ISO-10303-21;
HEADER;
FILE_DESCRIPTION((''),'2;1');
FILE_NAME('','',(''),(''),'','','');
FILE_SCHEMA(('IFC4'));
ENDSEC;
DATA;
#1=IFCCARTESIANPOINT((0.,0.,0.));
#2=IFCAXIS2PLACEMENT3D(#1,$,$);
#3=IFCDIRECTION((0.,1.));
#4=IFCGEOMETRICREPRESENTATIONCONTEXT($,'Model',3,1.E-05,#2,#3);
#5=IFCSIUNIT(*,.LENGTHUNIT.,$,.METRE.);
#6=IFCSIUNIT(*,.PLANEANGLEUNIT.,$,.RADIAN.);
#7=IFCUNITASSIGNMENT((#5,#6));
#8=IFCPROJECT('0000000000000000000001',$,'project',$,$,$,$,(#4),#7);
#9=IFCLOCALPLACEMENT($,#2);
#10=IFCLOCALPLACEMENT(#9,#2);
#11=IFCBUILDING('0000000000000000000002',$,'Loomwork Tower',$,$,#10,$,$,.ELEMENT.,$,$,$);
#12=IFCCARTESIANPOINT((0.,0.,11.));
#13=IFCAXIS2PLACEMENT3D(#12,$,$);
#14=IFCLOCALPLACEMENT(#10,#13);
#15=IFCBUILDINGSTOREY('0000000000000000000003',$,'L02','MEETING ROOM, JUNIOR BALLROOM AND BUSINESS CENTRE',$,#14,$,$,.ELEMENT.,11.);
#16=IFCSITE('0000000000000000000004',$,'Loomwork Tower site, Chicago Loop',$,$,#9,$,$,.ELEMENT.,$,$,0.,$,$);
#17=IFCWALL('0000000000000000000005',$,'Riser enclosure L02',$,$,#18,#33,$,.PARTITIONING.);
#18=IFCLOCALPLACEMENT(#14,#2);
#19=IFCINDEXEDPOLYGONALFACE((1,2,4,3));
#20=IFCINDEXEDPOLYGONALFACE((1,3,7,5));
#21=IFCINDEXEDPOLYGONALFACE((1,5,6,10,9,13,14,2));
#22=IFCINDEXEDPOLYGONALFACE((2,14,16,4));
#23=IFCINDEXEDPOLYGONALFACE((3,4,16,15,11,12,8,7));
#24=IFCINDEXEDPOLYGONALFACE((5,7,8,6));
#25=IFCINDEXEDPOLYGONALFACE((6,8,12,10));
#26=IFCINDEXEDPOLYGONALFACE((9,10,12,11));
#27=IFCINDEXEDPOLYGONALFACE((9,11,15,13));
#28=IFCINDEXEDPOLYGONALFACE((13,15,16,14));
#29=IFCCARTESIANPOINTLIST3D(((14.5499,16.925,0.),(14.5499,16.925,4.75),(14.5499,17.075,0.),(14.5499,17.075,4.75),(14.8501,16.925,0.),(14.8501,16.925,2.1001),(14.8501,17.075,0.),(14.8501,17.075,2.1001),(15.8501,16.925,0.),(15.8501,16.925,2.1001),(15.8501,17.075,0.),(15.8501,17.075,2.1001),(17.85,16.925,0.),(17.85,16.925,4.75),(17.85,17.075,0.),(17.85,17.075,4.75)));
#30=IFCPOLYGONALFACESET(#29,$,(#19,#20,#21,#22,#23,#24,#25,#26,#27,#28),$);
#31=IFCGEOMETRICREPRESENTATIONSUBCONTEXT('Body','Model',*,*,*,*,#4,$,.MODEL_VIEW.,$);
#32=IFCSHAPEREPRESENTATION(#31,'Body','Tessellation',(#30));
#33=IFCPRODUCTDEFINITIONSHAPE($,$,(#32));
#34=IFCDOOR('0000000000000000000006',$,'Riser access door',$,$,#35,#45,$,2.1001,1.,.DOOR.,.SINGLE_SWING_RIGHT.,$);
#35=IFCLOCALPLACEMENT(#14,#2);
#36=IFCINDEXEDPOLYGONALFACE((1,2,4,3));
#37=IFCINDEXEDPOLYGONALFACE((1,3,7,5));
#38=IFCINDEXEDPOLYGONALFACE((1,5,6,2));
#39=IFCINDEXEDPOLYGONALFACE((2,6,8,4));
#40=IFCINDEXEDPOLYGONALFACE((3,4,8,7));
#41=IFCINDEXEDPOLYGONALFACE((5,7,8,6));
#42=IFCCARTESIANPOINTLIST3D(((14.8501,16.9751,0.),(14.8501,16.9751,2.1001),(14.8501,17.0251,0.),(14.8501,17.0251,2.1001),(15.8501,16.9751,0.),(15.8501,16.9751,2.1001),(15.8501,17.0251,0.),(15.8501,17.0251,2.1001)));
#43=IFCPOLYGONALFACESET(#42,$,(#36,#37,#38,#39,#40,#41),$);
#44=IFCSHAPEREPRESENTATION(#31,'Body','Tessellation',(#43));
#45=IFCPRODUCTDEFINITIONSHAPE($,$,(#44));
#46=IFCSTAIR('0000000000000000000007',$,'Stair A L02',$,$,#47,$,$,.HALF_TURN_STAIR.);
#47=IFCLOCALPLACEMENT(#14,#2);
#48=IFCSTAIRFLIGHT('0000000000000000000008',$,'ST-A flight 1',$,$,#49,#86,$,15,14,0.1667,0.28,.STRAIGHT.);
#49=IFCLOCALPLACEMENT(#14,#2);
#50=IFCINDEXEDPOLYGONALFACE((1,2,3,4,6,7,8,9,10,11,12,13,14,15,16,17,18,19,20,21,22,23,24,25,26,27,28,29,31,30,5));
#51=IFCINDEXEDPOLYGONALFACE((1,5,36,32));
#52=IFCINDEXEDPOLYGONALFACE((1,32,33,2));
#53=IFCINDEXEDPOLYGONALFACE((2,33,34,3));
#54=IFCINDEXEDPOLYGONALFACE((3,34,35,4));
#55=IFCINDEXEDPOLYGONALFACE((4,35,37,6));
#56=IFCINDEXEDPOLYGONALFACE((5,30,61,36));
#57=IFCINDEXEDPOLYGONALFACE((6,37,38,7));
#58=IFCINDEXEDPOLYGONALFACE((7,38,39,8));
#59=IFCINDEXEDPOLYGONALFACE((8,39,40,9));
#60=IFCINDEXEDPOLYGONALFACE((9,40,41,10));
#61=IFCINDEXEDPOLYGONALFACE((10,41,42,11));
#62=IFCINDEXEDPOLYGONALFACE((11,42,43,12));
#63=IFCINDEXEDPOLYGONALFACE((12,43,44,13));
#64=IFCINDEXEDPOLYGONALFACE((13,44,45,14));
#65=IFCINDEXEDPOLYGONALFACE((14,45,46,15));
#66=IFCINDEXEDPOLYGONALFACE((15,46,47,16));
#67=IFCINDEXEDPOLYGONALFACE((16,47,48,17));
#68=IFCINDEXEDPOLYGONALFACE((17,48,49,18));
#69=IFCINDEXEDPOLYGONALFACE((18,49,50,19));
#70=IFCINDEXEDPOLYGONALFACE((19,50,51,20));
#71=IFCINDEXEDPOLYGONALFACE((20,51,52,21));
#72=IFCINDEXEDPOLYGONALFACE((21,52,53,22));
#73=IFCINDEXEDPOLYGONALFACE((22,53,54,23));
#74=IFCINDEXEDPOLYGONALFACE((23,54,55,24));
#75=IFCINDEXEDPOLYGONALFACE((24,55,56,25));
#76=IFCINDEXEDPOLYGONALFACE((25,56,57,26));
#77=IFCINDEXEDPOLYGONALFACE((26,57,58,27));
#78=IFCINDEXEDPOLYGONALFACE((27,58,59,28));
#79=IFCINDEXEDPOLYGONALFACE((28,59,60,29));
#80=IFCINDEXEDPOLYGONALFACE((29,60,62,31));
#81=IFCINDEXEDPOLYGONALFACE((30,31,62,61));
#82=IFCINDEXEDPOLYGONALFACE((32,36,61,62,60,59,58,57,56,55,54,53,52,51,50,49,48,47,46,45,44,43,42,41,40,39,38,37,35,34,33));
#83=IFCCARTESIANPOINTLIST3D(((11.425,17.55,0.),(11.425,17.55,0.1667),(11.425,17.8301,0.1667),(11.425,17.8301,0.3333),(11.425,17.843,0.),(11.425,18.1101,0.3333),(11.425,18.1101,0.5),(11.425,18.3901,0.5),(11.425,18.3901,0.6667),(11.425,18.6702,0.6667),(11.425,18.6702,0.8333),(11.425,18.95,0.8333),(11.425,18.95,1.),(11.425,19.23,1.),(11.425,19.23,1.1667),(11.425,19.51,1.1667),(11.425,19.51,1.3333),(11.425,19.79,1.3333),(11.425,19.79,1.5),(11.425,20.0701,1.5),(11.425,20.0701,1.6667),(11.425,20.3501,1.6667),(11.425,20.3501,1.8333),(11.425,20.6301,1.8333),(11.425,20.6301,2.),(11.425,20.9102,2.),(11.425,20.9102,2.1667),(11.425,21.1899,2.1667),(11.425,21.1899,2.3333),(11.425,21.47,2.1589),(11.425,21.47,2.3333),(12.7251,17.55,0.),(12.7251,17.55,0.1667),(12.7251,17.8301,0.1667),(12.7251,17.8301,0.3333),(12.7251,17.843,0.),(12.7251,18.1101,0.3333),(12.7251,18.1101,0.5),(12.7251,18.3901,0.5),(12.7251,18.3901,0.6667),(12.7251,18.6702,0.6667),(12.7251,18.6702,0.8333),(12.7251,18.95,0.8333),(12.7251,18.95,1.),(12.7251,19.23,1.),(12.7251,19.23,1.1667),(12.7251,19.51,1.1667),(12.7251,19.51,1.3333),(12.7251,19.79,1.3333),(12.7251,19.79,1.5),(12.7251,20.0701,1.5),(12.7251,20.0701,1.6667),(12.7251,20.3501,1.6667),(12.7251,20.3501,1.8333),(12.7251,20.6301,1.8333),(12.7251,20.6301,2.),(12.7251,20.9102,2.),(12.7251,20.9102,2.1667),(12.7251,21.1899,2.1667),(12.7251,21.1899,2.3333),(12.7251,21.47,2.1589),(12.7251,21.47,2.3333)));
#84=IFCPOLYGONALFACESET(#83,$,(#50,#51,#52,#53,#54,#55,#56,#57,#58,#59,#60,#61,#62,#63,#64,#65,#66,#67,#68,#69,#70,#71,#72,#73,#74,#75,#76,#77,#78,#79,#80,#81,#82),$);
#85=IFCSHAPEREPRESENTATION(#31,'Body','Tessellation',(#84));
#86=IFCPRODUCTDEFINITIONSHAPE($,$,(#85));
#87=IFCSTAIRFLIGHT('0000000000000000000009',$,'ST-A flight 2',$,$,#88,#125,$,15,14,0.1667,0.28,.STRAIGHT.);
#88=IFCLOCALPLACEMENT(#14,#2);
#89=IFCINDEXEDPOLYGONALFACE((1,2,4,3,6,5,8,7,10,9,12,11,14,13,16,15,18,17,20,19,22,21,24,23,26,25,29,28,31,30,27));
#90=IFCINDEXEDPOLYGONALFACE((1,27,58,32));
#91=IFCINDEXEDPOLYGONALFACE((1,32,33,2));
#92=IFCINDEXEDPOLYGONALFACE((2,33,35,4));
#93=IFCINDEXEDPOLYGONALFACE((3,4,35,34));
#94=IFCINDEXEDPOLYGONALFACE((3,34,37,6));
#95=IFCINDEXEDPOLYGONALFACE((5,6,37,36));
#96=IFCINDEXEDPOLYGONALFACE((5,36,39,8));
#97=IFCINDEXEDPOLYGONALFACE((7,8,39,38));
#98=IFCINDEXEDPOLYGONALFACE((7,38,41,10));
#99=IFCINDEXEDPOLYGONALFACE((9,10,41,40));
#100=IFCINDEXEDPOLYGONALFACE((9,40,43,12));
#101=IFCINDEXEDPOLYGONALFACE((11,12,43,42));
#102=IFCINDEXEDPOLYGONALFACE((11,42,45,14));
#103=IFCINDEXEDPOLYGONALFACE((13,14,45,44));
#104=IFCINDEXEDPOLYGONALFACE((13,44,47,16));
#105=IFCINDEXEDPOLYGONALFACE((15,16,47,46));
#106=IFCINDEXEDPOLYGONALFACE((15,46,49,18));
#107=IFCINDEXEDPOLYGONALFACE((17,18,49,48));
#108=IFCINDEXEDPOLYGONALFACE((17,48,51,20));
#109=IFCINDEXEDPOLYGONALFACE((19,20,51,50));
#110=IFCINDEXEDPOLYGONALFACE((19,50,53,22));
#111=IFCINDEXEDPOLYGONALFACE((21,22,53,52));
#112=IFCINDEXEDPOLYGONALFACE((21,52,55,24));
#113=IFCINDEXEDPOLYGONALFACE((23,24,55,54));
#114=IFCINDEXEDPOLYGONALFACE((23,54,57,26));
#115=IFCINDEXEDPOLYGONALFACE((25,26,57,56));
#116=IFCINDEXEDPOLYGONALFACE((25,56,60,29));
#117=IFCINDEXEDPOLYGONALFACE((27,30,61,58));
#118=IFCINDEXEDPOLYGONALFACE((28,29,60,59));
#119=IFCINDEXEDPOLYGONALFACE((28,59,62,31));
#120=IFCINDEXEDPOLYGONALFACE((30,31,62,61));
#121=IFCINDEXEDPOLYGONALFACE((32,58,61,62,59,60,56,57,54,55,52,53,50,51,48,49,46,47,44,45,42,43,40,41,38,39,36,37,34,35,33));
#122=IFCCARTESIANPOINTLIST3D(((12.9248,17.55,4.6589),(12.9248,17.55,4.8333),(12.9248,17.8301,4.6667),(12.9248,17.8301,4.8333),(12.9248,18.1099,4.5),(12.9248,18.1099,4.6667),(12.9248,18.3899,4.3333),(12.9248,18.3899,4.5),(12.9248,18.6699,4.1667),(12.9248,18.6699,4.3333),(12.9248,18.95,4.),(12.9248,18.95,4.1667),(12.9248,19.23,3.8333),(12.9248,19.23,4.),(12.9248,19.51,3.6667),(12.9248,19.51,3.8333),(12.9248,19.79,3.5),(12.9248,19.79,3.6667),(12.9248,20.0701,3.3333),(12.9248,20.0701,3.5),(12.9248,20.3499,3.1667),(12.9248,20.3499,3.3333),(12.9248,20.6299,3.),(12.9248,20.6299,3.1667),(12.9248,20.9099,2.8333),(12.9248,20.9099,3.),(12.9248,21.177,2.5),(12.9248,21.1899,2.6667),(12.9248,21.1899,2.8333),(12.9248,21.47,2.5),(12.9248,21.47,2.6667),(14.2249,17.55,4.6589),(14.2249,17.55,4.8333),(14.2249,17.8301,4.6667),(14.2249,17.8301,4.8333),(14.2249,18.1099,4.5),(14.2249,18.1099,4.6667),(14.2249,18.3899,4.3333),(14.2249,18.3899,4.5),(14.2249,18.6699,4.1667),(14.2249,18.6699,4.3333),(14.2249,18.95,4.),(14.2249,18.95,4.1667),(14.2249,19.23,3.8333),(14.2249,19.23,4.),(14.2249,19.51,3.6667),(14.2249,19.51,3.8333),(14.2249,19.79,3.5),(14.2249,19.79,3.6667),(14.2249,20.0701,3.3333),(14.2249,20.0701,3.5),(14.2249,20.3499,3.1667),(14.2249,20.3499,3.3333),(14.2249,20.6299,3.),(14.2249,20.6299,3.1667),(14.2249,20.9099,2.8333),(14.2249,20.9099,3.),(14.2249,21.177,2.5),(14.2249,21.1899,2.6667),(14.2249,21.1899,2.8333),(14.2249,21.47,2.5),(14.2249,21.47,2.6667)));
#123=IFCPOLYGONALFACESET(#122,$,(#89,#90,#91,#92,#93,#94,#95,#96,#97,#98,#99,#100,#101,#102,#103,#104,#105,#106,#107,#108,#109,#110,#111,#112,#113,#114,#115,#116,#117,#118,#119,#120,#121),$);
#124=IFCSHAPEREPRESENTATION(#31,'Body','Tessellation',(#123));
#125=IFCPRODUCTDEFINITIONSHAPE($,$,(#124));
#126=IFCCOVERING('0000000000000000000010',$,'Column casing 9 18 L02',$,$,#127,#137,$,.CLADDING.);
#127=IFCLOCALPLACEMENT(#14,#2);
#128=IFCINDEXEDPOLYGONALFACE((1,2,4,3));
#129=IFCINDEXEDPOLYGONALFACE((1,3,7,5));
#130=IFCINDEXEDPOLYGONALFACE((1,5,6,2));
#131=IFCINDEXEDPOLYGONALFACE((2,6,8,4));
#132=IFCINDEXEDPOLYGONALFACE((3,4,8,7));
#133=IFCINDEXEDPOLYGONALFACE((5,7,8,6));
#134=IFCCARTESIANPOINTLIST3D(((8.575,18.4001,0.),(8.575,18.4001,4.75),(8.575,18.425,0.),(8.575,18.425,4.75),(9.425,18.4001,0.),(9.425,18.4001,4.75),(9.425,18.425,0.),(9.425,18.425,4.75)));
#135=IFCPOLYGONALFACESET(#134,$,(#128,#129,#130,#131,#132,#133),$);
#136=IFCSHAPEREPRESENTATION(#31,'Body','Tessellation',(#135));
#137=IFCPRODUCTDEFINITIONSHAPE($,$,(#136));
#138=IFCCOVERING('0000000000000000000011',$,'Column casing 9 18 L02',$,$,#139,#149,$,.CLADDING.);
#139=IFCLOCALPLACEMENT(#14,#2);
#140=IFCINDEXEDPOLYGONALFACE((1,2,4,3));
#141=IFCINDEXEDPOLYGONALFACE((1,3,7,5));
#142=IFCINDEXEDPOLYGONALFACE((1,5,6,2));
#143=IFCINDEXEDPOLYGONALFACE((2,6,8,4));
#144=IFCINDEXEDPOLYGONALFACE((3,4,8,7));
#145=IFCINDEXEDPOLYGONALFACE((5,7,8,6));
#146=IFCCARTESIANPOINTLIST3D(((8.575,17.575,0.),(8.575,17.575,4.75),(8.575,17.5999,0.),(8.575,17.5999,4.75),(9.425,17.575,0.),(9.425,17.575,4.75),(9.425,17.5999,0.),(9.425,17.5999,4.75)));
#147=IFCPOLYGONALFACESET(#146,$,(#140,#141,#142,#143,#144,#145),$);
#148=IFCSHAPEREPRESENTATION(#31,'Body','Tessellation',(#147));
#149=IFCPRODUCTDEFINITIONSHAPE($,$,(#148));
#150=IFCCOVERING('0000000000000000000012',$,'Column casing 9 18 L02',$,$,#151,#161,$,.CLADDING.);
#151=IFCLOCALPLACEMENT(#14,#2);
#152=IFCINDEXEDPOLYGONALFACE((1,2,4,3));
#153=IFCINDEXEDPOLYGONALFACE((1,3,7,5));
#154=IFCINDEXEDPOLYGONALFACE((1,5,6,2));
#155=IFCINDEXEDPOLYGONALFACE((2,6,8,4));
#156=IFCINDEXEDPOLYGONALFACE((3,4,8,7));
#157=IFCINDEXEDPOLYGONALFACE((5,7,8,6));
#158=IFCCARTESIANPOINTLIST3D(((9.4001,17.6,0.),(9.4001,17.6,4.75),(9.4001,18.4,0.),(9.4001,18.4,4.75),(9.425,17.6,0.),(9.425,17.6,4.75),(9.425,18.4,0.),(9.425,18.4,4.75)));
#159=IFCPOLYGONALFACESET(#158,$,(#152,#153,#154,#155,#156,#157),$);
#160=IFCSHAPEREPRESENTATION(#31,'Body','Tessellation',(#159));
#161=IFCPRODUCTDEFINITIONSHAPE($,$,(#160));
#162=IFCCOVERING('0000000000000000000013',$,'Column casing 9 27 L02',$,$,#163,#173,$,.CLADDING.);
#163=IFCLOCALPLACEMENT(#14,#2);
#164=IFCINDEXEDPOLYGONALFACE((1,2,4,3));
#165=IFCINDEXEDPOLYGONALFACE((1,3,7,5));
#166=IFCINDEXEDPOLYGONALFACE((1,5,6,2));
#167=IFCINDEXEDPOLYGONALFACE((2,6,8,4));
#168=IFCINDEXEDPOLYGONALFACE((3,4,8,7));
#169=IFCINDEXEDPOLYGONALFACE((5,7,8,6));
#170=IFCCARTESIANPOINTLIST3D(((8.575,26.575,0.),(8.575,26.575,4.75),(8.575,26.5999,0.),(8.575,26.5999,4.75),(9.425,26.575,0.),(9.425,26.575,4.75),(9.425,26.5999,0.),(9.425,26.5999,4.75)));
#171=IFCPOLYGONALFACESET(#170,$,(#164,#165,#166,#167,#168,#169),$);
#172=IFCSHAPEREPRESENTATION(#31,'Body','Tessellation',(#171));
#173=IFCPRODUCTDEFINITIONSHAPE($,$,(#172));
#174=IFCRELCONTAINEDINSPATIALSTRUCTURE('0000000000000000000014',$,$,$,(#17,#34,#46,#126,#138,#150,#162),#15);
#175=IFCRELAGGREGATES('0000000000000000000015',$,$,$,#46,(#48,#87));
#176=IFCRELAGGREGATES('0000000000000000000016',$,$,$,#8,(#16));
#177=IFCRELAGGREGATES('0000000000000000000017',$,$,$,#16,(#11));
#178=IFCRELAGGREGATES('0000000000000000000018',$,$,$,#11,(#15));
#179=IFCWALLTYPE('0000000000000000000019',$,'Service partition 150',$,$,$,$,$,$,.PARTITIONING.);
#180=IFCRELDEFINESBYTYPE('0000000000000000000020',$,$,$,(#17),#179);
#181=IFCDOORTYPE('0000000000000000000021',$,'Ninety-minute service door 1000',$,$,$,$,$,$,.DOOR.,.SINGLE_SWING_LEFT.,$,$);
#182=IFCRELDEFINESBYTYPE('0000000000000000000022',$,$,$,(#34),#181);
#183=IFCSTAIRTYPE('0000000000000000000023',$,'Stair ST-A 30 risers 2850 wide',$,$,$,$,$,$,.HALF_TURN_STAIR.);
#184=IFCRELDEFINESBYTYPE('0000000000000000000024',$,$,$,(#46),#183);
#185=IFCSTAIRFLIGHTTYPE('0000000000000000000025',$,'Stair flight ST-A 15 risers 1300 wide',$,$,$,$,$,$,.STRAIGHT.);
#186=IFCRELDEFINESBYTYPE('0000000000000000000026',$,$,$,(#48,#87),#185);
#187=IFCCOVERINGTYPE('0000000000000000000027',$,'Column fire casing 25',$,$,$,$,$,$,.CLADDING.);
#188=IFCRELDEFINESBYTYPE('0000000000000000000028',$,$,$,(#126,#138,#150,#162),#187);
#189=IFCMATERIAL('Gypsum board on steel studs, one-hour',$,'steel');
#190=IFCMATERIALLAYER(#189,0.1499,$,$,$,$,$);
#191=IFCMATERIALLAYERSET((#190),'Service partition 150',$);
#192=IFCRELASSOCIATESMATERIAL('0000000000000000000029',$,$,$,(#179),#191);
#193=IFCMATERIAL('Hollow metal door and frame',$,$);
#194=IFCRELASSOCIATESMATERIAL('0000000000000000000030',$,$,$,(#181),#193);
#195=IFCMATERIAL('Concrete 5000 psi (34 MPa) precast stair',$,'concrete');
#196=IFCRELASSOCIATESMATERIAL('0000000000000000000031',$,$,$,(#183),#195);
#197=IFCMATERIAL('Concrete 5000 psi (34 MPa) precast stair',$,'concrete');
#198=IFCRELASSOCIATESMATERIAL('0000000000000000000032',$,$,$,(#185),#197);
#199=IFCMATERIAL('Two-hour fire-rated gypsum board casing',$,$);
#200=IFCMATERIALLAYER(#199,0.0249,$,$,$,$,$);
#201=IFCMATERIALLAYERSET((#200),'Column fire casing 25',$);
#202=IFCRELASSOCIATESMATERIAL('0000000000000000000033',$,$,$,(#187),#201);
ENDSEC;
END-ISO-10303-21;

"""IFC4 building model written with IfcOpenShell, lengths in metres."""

from ifc_helpers import new_model, si_unit, direction, frame, frame_2d, origin, origin_2d, place, context, subcontext, project, spatial, polyline, rectangle, outline, extrude, material, layer, layer_set, type_object, element, fill, aggregate, save


model = new_model("IFC4")

# Units and contexts
model_context = context("Model", 3, precision=1e-05, world=origin(), true_north=direction((0.0, 1.0)))
body_context = subcontext(model_context, "Body", "Model", "MODEL_VIEW")
ifc_project = project(units=[si_unit("LENGTHUNIT", "METRE"), si_unit("PLANEANGLEUNIT", "RADIAN")], contexts=[model_context])

# Site, building, storey
site_placement = place(None, origin())
site = spatial("IfcSite", under=ifc_project, at=site_placement, Name="Loomwork Tower site, Chicago Loop", CompositionType="ELEMENT", RefElevation=0.0)
building_placement = place(site_placement, origin())
building = spatial("IfcBuilding", under=site, at=building_placement, Name="Loomwork Tower", CompositionType="ELEMENT")
storey_placement = place(building_placement, frame((0.0, 0.0, 11.0)))
storey = spatial("IfcBuildingStorey", under=building, at=storey_placement, Name="L02", Description="MEETING ROOM, JUNIOR BALLROOM AND BUSINESS CENTRE", CompositionType="ELEMENT", Elevation=11.0)

# Wall, opening, door
ifc_material_1 = material(Name="Gypsum board on steel studs, one-hour", Category="steel")
ifc_layer_1 = layer(ifc_material_1, 0.1499)
ifc_layer_set_1 = layer_set([ifc_layer_1], Name="Service partition 150")
wall_type_1 = type_object("IfcWallType", Name="Service partition 150", PredefinedType="PARTITIONING", material=ifc_layer_set_1)
wall_1_placement = place(storey_placement, frame((14.55, 17.0, 0.0), z_axis=(0.0, 0.0, 1.0), x_axis=(1.0, 0.0, 0.0)))
wall_1 = element("IfcWall", 1, at=wall_1_placement, inside=storey, type_object=wall_type_1, Name="Riser enclosure L02", PredefinedType="PARTITIONING", context=body_context, shape_type="SweptSolid", body=[
    extrude(rectangle(XDim=3.3, YDim=0.1499, at=frame_2d((1.6499, 0.0))), origin(), (0.0, 0.0, 1.0), 4.75),
])
opening_1_placement = place(wall_1_placement, frame((0.3, 0.0, 0.0)))
opening_1 = element("IfcOpeningElement", 2, at=opening_1_placement, cuts=wall_1, PredefinedType="OPENING", context=body_context, shape_type="SweptSolid", body=[
    extrude(rectangle(XDim=1.0, YDim=2.1001, at=frame_2d((0.5, 1.05))), frame((0.0, 0.085, 0.0), z_axis=(0.0, -1.0, 0.0), x_axis=(1.0, 0.0, 0.0)), (0.0, 0.0, 1.0), 0.1699),
])
ifc_material_2 = material(Name="Hollow metal door and frame")
door_type_1 = type_object("IfcDoorType", Name="Ninety-minute service door 1000", OperationType="SINGLE_SWING_LEFT", PredefinedType="DOOR", material=ifc_material_2)
door_1_placement = place(opening_1_placement, frame((1.0, 0.0, 0.0), z_axis=(0.0, 0.0, 1.0), x_axis=(-1.0, 0.0, 0.0)))
door_1 = element("IfcDoor", 3, at=door_1_placement, inside=storey, type_object=door_type_1, Name="Riser access door", OperationType="SINGLE_SWING_RIGHT", OverallHeight=2.1001, OverallWidth=1.0, PredefinedType="DOOR", context=body_context, shape_type="SweptSolid", body=[
    extrude(rectangle(XDim=1.0, YDim=2.1001, at=frame_2d((0.5, 1.05))), frame((0.0, 0.0249, 0.0), z_axis=(0.0, -1.0, 0.0), x_axis=(1.0, 0.0, 0.0)), (0.0, 0.0, 1.0), 0.05),
])
fill(opening_1, door_1)

# Stair, stair flights
ifc_material_3 = material(Name="Concrete 5000 psi (34 MPa) precast stair", Category="concrete")
stair_type = type_object("IfcStairType", Name="Stair ST-A 30 risers 2850 wide", PredefinedType="HALF_TURN_STAIR", material=ifc_material_3)
stair_placement = place(storey_placement, origin())
stair = element("IfcStair", 4, at=stair_placement, inside=storey, type_object=stair_type, Name="Stair A L02", PredefinedType="HALF_TURN_STAIR")
ifc_material_4 = material(Name="Concrete 5000 psi (34 MPa) precast stair", Category="concrete")
stair_flight_type = type_object("IfcStairFlightType", Name="Stair flight ST-A 15 risers 1300 wide", PredefinedType="STRAIGHT", material=ifc_material_4)
stair_flight_1_placement = place(storey_placement, frame((12.075, 17.55, 0.0), z_axis=(0.0, 0.0, 1.0), x_axis=(0.0, 1.0, 0.0)))
stair_flight_1 = element("IfcStairFlight", 5, at=stair_flight_1_placement, type_object=stair_flight_type, Name="ST-A flight 1", NumberOfRisers=15, NumberOfTreads=14, PredefinedType="STRAIGHT", RiserHeight=0.1667, TreadLength=0.28, context=body_context, shape_type="SweptSolid", body=[
    extrude(outline(polyline([(0.0, 0.0), (0.0, 0.1667), (0.28, 0.1667), (0.28, 0.3333), (0.5601, 0.3333), (0.5601, 0.5), (0.8401, 0.5), (0.8401, 0.6667), (1.1201, 0.6667), (1.1201, 0.8333), (1.3999, 0.8333), (1.3999, 1.0), (1.6799, 1.0), (1.6799, 1.1667), (1.96, 1.1667), (1.96, 1.3333), (2.24, 1.3333), (2.24, 1.5), (2.52, 1.5), (2.52, 1.6667), (2.8, 1.6667), (2.8, 1.8333), (3.0801, 1.8333), (3.0801, 2.0), (3.3601, 2.0), (3.3601, 2.1667), (3.6399, 2.1667), (3.6399, 2.3333), (3.9199, 2.3333), (3.9199, 2.5), (3.9199, 2.1589), (0.293, 0.0), (0.0, 0.0)])), frame((0.0, 0.6499, 0.0), z_axis=(0.0, -1.0, 0.0), x_axis=(1.0, 0.0, 0.0)), (0.0, 0.0, 1.0), 1.3),
])
stair_flight_2_placement = place(storey_placement, frame((13.575, 21.47, 2.5), z_axis=(0.0, 0.0, 1.0), x_axis=(0.0, -1.0, 0.0)))
stair_flight_2 = element("IfcStairFlight", 6, at=stair_flight_2_placement, type_object=stair_flight_type, Name="ST-A flight 2", NumberOfRisers=15, NumberOfTreads=14, PredefinedType="STRAIGHT", RiserHeight=0.1667, TreadLength=0.28, context=body_context, shape_type="SweptSolid", body=[
    extrude(outline(polyline([(0.0, 0.0), (0.0, 0.1667), (0.28, 0.1667), (0.28, 0.3333), (0.5601, 0.3333), (0.5601, 0.5), (0.8401, 0.5), (0.8401, 0.6667), (1.1201, 0.6667), (1.1201, 0.8333), (1.3999, 0.8333), (1.3999, 1.0), (1.6799, 1.0), (1.6799, 1.1667), (1.96, 1.1667), (1.96, 1.3333), (2.24, 1.3333), (2.24, 1.5), (2.52, 1.5), (2.52, 1.6667), (2.8, 1.6667), (2.8, 1.8333), (3.0801, 1.8333), (3.0801, 2.0), (3.3601, 2.0), (3.3601, 2.1667), (3.6399, 2.1667), (3.6399, 2.3333), (3.9199, 2.3333), (3.9199, 2.5), (3.9199, 2.1589), (0.293, 0.0), (0.0, 0.0)])), frame((0.0, 0.6499, 0.0), z_axis=(0.0, -1.0, 0.0), x_axis=(1.0, 0.0, 0.0)), (0.0, 0.0, 1.0), 1.3),
])
aggregate(stair, [stair_flight_1, stair_flight_2])

# Coverings
ifc_material_5 = material(Name="Two-hour fire-rated gypsum board casing")
ifc_layer_2 = layer(ifc_material_5, 0.0249)
ifc_layer_set_2 = layer_set([ifc_layer_2], Name="Column fire casing 25")
covering_type = type_object("IfcCoveringType", Name="Column fire casing 25", PredefinedType="CLADDING", material=ifc_layer_set_2)
for number, where, z_axis, x_axis, name in (
    (7, (9.0, 18.4126, 0.0), (0.0, 0.0, 1.0), (1.0, 0.0, 0.0), "Column casing 9 18 L02"),
    (8, (9.0, 17.5874, 0.0), (0.0, 0.0, 1.0), (1.0, 0.0, 0.0), "Column casing 9 18 L02"),
):
    element("IfcCovering", number, at=place(storey_placement, frame(where, z_axis=z_axis, x_axis=x_axis)), inside=storey, type_object=covering_type, Name=name, PredefinedType="CLADDING", context=body_context, shape_type="SweptSolid", body=[
        extrude(rectangle(XDim=0.8501, YDim=0.0249, at=origin_2d()), origin(), (0.0, 0.0, 1.0), 4.75),
    ])
covering_1_placement = place(storey_placement, frame((9.4126, 18.0, 0.0), z_axis=(0.0, 0.0, 1.0), x_axis=(1.0, 0.0, 0.0)))
element("IfcCovering", 9, at=covering_1_placement, inside=storey, type_object=covering_type, Name="Column casing 9 18 L02", PredefinedType="CLADDING", context=body_context, shape_type="SweptSolid", body=[
    extrude(rectangle(XDim=0.0249, YDim=0.8, at=origin_2d()), origin(), (0.0, 0.0, 1.0), 4.75),
])
covering_2_placement = place(storey_placement, frame((9.0, 26.5874, 0.0), z_axis=(0.0, 0.0, 1.0), x_axis=(1.0, 0.0, 0.0)))
element("IfcCovering", 10, at=covering_2_placement, inside=storey, type_object=covering_type, Name="Column casing 9 27 L02", PredefinedType="CLADDING", context=body_context, shape_type="SweptSolid", body=[
    extrude(rectangle(XDim=0.8501, YDim=0.0249, at=origin_2d()), origin(), (0.0, 0.0, 1.0), 4.75),
])

save(model, "model.ifc")
